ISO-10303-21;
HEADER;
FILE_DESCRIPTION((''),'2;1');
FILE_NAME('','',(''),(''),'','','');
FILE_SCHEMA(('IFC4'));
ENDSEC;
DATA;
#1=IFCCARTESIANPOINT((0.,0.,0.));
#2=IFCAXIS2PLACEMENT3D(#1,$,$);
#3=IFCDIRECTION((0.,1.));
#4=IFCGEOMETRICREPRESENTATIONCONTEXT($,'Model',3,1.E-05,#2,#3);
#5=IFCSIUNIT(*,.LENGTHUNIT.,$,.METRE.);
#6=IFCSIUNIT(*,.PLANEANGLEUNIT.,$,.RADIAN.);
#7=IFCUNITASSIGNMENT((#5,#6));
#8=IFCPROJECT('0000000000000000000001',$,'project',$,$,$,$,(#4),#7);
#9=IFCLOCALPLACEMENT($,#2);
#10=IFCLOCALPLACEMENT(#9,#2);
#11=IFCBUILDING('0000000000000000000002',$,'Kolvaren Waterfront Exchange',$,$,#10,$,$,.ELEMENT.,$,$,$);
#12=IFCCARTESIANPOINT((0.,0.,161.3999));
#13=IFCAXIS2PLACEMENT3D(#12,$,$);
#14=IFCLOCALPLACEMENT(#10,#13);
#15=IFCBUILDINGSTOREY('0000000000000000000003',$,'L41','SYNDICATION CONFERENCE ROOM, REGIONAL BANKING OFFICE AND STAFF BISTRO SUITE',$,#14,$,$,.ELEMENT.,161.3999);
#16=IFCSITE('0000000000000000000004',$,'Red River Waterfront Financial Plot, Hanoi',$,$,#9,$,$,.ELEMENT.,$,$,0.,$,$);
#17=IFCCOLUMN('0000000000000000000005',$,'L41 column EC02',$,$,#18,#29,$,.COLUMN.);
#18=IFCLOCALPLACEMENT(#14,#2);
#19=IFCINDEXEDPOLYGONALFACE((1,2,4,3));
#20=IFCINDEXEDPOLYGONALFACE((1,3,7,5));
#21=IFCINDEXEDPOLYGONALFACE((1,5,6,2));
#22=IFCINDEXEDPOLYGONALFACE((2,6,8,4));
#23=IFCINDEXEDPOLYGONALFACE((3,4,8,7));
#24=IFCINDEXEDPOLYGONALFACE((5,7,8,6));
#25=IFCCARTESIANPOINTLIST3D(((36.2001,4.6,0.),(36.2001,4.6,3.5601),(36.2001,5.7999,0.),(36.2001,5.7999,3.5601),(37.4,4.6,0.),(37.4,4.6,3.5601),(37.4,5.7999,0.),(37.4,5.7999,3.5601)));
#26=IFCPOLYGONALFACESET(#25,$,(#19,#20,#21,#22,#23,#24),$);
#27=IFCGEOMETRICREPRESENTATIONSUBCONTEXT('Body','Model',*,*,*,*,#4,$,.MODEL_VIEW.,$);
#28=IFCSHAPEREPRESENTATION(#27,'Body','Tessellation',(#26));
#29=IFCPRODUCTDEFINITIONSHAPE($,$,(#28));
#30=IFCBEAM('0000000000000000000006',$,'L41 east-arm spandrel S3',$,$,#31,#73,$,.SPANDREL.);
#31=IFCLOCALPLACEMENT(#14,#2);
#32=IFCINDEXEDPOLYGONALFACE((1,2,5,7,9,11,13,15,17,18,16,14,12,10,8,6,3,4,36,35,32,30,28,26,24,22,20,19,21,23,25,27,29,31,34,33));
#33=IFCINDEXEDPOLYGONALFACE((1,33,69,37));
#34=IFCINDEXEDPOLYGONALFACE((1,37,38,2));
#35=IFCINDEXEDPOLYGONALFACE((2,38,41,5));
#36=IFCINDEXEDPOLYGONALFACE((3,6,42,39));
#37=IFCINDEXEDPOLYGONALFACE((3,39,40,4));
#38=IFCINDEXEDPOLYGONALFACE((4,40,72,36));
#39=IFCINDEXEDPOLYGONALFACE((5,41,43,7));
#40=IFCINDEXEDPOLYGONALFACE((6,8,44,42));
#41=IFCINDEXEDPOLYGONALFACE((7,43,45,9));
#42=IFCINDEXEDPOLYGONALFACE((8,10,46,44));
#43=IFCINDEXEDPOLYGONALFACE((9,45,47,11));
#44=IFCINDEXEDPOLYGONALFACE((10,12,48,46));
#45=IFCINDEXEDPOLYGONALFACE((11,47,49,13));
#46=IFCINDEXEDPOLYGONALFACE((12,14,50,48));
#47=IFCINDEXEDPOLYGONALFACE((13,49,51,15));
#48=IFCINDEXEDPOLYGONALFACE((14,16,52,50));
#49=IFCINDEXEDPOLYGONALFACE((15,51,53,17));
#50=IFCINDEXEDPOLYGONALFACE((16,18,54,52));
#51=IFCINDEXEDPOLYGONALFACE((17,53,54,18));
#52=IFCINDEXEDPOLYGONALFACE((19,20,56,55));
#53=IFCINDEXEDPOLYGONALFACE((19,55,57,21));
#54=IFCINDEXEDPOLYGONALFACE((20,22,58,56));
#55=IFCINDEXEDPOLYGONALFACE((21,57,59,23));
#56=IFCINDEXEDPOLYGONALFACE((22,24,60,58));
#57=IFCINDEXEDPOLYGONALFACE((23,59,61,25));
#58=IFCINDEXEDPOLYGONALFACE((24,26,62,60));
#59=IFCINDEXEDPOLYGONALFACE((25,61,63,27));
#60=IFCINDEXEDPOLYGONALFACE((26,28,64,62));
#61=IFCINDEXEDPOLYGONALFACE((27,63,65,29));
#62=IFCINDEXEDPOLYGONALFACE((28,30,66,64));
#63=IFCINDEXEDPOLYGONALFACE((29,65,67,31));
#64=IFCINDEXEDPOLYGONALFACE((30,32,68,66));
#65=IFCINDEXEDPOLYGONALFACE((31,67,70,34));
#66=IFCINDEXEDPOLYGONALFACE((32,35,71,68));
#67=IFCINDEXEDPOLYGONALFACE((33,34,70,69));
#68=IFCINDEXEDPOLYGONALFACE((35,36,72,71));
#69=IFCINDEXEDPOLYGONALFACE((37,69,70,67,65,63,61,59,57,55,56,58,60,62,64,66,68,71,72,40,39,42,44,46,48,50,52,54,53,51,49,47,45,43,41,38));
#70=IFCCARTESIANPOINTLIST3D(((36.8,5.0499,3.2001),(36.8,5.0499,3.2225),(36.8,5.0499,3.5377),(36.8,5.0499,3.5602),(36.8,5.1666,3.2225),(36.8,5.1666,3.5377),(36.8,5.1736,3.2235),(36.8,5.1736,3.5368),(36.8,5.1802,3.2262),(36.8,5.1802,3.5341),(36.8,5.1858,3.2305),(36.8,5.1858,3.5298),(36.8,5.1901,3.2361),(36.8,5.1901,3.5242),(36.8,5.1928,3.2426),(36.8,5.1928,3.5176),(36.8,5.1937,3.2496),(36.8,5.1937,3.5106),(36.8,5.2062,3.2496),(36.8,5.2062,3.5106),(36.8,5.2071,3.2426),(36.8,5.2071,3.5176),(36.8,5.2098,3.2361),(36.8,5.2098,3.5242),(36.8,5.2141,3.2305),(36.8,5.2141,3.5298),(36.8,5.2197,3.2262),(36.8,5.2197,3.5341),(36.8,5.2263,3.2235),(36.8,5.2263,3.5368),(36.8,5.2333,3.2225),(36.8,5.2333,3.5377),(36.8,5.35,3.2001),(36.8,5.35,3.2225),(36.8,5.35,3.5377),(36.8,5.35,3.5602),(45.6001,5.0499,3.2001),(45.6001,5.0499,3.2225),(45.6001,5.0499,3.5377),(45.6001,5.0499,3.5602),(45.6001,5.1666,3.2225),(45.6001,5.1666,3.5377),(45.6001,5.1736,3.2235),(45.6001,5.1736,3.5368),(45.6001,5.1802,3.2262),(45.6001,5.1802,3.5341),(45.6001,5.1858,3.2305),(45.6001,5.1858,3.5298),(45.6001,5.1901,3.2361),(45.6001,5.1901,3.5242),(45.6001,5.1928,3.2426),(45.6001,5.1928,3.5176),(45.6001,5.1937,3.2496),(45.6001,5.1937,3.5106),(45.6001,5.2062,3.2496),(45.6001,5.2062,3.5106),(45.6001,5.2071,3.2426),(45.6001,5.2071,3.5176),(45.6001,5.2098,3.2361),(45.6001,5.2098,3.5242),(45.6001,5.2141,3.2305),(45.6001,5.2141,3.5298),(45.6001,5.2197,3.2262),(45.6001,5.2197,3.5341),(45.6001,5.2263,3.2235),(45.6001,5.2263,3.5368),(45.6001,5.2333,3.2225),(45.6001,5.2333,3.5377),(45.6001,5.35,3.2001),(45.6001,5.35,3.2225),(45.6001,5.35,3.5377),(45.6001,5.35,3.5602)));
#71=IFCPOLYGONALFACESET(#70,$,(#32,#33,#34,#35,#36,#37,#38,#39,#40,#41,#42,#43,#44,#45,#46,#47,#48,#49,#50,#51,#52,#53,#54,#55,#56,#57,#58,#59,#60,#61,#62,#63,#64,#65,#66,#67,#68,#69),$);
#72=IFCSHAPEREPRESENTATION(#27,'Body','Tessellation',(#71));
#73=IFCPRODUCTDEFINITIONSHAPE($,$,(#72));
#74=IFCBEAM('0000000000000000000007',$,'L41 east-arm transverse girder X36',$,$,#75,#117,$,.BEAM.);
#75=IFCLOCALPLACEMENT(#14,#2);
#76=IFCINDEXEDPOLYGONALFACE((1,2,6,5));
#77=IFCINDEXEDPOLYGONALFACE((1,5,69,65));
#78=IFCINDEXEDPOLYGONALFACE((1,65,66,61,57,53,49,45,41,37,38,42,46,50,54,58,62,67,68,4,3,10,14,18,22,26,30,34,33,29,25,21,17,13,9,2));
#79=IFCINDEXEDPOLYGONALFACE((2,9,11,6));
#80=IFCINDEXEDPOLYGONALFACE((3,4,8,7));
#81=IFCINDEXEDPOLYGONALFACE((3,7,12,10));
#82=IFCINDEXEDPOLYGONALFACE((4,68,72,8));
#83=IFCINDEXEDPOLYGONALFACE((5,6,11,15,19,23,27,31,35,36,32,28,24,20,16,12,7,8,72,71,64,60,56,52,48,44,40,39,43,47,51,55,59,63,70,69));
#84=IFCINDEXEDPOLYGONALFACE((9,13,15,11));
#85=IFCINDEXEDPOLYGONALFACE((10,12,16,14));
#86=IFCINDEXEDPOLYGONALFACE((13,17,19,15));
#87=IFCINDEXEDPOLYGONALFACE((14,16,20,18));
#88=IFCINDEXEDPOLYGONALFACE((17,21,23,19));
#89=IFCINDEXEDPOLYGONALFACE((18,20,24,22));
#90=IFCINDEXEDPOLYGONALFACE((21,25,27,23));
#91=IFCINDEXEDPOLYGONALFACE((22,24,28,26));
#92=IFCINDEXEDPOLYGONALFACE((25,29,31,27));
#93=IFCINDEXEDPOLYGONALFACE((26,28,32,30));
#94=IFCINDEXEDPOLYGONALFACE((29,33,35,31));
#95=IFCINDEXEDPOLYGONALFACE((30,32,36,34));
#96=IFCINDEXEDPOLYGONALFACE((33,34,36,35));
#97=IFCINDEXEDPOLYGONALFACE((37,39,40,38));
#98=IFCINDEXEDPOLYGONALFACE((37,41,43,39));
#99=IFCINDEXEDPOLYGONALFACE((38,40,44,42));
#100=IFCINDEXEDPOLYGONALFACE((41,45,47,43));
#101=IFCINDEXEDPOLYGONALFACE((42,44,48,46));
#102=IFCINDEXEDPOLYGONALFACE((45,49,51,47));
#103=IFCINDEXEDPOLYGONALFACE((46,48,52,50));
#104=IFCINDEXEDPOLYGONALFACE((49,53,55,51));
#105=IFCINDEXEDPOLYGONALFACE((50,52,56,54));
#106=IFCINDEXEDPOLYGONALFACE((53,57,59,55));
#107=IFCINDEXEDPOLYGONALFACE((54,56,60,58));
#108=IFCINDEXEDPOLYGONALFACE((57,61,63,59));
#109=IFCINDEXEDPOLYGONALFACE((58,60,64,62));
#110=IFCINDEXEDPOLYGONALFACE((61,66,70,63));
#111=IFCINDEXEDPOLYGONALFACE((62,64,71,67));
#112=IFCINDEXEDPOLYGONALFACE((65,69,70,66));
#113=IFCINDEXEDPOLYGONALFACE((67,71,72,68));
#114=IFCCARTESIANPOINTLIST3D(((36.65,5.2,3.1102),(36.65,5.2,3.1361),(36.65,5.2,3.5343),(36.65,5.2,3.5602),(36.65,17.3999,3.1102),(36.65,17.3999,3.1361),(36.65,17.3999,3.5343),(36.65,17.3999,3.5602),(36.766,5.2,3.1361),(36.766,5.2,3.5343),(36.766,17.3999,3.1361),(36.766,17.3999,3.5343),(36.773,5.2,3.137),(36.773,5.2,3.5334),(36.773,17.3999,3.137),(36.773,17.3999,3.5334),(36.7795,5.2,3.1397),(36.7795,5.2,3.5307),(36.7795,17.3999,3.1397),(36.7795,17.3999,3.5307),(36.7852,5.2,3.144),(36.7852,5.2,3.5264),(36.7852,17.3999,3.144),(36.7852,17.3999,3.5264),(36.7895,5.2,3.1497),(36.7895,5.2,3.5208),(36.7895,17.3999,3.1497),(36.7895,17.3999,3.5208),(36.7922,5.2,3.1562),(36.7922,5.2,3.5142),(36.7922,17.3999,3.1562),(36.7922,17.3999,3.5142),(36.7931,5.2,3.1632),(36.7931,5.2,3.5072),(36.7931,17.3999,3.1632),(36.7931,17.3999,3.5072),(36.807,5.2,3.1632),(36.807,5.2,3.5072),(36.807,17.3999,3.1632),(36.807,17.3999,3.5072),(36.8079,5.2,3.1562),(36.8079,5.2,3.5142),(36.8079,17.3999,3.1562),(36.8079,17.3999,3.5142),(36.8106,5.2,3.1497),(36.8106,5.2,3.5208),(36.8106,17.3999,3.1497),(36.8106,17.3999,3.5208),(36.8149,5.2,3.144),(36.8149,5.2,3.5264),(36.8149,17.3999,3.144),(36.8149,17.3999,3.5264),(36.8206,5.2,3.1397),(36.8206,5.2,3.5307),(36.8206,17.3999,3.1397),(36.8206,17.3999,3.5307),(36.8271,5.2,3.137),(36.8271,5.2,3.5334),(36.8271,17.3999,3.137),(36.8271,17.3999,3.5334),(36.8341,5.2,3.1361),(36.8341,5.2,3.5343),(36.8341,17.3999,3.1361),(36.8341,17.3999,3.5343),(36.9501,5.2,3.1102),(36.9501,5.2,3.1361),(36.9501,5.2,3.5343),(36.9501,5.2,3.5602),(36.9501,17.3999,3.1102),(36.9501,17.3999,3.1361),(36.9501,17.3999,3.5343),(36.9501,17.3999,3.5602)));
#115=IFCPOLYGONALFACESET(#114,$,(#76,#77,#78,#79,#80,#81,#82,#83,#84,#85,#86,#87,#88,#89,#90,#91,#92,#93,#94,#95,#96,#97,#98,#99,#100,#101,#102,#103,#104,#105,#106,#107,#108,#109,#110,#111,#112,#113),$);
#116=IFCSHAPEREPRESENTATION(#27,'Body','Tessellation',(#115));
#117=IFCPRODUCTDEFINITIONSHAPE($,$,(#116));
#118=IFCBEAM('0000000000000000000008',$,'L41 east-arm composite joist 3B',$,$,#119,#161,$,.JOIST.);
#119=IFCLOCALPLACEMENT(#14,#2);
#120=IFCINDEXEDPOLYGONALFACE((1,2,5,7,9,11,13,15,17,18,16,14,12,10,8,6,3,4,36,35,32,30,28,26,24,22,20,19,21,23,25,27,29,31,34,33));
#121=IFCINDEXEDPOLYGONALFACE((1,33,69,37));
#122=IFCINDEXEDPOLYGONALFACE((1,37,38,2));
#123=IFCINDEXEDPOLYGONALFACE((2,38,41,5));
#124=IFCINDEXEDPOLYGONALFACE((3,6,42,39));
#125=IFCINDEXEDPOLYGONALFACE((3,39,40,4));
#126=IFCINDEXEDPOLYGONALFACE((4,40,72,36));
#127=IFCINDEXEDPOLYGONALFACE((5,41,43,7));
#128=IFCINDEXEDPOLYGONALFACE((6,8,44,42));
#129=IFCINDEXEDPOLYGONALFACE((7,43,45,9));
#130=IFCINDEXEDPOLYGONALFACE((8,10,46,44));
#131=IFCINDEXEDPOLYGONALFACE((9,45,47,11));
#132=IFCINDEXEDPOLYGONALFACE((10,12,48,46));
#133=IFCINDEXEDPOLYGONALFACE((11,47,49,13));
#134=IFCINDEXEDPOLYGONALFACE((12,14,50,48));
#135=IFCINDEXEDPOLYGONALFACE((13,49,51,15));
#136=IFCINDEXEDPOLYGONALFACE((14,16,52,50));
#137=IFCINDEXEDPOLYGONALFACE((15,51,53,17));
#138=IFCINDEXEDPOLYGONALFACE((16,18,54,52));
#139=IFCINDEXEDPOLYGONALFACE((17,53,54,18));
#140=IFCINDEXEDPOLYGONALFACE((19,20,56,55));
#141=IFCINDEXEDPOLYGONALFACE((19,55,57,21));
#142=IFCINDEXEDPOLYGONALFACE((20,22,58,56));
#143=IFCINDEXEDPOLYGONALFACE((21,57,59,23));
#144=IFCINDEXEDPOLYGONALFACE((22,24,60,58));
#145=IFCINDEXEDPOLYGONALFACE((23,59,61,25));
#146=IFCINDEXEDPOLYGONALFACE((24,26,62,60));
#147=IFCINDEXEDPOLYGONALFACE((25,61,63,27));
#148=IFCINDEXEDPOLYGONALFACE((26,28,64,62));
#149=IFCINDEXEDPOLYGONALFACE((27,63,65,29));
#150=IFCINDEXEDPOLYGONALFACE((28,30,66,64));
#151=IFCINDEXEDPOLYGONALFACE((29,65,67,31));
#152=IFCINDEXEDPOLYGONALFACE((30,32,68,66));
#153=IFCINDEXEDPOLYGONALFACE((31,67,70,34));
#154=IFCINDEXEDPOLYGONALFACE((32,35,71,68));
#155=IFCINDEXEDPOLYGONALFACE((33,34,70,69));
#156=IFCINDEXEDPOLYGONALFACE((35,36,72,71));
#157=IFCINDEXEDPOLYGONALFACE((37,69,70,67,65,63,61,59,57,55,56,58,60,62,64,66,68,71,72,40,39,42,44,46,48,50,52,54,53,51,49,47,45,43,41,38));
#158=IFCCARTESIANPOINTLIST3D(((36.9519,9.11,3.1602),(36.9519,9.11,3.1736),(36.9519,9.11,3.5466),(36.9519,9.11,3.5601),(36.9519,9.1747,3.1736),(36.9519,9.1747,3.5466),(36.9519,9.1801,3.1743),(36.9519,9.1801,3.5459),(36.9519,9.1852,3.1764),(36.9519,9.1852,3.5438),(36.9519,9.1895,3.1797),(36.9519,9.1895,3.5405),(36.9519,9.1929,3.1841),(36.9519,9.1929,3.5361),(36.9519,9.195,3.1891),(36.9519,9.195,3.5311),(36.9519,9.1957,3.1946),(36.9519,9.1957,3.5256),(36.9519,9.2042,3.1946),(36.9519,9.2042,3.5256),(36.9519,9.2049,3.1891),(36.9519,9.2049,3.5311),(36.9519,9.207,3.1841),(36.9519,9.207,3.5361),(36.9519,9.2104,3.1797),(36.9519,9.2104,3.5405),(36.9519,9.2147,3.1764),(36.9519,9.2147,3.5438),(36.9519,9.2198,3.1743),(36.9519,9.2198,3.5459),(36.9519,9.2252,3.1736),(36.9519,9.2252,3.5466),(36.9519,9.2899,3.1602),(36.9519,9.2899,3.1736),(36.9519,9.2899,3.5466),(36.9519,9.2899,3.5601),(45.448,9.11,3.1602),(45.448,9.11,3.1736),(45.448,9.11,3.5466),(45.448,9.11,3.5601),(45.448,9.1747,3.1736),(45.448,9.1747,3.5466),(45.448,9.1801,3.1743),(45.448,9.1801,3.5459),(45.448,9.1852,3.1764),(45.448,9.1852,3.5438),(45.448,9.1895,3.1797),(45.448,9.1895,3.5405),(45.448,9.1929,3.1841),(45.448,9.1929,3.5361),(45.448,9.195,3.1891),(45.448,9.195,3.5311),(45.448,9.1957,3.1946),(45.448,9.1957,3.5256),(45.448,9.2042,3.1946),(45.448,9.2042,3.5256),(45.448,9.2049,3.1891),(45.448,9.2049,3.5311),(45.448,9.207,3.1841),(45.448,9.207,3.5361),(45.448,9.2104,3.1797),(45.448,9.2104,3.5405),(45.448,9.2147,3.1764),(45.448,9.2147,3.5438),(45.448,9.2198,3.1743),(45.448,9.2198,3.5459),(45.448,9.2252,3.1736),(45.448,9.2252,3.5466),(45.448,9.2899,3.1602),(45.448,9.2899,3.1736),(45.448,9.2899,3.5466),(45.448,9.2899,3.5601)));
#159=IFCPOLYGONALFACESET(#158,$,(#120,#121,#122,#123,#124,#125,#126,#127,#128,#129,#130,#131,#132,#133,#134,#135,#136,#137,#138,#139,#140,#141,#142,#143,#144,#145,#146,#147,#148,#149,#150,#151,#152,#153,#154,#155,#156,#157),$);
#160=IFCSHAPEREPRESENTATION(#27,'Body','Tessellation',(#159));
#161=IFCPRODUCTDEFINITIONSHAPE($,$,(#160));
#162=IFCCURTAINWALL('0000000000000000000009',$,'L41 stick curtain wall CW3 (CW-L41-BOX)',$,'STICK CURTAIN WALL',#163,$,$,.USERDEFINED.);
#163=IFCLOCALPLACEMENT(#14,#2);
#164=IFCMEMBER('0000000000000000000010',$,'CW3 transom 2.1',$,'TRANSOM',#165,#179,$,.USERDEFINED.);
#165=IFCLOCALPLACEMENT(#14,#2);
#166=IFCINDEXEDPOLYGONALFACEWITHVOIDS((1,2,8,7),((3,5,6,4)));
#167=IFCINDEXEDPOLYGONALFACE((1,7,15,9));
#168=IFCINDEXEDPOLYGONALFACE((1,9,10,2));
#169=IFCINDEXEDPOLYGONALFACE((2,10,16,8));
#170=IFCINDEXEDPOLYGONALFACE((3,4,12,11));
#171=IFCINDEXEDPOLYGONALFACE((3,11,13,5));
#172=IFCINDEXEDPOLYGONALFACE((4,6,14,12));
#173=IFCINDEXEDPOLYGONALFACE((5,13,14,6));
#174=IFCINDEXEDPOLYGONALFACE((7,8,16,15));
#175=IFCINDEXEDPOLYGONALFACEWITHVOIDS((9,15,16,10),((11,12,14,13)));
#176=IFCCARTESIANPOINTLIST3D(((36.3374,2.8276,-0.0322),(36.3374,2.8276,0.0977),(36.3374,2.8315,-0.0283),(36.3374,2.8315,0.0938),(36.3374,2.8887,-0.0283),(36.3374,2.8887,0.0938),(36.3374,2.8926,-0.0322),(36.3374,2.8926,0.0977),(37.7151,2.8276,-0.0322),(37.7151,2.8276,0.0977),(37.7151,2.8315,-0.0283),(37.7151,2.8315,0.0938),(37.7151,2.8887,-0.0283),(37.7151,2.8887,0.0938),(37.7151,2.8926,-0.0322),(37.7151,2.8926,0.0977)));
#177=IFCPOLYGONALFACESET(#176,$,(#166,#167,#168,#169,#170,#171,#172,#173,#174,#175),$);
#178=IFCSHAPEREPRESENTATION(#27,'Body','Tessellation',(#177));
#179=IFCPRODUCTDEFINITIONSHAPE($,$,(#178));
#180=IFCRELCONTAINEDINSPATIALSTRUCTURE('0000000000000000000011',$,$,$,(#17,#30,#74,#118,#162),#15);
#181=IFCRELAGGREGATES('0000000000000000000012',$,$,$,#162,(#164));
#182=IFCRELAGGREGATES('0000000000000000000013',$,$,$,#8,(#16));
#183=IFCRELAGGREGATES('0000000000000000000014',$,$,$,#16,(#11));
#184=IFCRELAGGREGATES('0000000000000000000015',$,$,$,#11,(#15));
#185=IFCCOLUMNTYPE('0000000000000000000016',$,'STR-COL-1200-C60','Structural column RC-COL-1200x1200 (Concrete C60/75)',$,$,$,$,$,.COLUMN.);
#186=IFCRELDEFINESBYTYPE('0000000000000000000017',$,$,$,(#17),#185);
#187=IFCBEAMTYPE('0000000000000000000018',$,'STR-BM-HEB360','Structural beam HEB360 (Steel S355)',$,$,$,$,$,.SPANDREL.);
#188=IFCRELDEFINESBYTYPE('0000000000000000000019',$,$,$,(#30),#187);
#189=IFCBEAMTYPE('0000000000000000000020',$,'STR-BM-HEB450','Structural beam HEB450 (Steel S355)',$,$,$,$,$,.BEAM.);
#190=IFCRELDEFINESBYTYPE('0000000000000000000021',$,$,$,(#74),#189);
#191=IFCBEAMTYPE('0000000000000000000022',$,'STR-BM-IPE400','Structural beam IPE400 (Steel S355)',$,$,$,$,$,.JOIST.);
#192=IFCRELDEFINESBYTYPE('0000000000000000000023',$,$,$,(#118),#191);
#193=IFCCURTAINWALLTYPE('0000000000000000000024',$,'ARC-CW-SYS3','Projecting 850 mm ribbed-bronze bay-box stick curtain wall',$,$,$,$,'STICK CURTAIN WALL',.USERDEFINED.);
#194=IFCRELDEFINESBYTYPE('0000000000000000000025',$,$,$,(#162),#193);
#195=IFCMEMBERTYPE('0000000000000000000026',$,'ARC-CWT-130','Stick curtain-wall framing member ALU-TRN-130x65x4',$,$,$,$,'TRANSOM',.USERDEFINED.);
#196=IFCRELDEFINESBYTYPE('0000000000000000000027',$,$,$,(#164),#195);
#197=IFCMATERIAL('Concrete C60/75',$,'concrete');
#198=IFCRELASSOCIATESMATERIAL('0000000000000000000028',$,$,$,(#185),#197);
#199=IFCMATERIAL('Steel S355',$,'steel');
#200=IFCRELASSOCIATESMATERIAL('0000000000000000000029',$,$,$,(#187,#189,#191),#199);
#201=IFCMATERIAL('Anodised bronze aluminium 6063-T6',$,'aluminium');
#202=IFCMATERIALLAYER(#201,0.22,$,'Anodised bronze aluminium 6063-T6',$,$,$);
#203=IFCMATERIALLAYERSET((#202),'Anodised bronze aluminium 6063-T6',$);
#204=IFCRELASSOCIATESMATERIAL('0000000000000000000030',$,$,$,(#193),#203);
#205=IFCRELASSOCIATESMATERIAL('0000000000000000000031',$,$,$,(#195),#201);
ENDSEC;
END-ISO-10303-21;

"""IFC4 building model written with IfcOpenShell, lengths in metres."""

from ifc_helpers import new_model, si_unit, direction, frame, origin, origin_with_axes, origin_2d, place, context, subcontext, project, spatial, rectangle, hollow_rectangle, i_section, extrude, source, transform, mapped, material, layer, layer_set, material_profile, profile_set, type_object, element, aggregate, save


model = new_model("IFC4")

# Units and contexts
model_context = context("Model", 3, precision=1e-05, world=origin(), true_north=direction((0.0, 1.0)))
body_context = subcontext(model_context, "Body", "Model", "MODEL_VIEW")
ifc_project = project(units=[si_unit("LENGTHUNIT", "METRE"), si_unit("PLANEANGLEUNIT", "RADIAN")], contexts=[model_context])

# Site, building, storey
site_placement = place(None, origin())
site = spatial("IfcSite", under=ifc_project, at=site_placement, Name="Red River Waterfront Financial Plot, Hanoi", CompositionType="ELEMENT", RefElevation=0.0)
building_placement = place(site_placement, origin())
building = spatial("IfcBuilding", under=site, at=building_placement, Name="Kolvaren Waterfront Exchange", CompositionType="ELEMENT")
storey_placement = place(building_placement, frame((0.0, 0.0, 161.3999)))
storey = spatial("IfcBuildingStorey", under=building, at=storey_placement, Name="L41", Description="SYNDICATION CONFERENCE ROOM, REGIONAL BANKING OFFICE AND STAFF BISTRO SUITE", CompositionType="ELEMENT", Elevation=161.3999)

# Column
ifc_material_1 = material(Name="Concrete C60/75", Category="concrete")
ifc_material_profile_1 = material_profile(ifc_material_1, rectangle(XDim=1.2, YDim=1.2, at=origin_2d()), Name="RC-COL-1200x1200")
ifc_profile_set_1 = profile_set([ifc_material_profile_1], Name="Concrete C60/75")
column_type = type_object("IfcColumnType", Name="STR-COL-1200-C60", Description="Structural column RC-COL-1200x1200 (Concrete C60/75)", PredefinedType="COLUMN", material=ifc_profile_set_1)
column_placement = place(storey_placement, frame((36.8, 5.2, 0.0), z_axis=(0.0, 0.0, 1.0), x_axis=(1.0, 0.0, 0.0)))
element("IfcColumn", 1, at=column_placement, inside=storey, type_object=column_type, Name="L41 column EC02", PredefinedType="COLUMN", context=body_context, shape_type="SweptSolid", body=[
    extrude(rectangle(XDim=1.2, YDim=1.2, at=origin_2d()), origin(), (0.0, 0.0, 1.0), 3.5601),
])

# Beams
ifc_material_2 = material(Name="Steel S355", Category="steel")
ifc_material_profile_2 = material_profile(ifc_material_2, i_section(OverallWidth=0.3, OverallDepth=0.3601, WebThickness=0.0125, FlangeThickness=0.0225, FilletRadius=0.0271, at=origin_2d()), Name="HEB360")
ifc_profile_set_2 = profile_set([ifc_material_profile_2], Name="Steel S355")
beam_type_1 = type_object("IfcBeamType", Name="STR-BM-HEB360", Description="Structural beam HEB360 (Steel S355)", PredefinedType="SPANDREL", material=ifc_profile_set_2)
beam_1_placement = place(storey_placement, frame((36.8, 5.2, 3.3801), z_axis=(1.0, 0.0, 0.0), x_axis=(0.0, 1.0, 0.0)))
element("IfcBeam", 2, at=beam_1_placement, inside=storey, type_object=beam_type_1, Name="L41 east-arm spandrel S3", PredefinedType="SPANDREL", context=body_context, shape_type="SweptSolid", body=[
    extrude(i_section(OverallWidth=0.3, OverallDepth=0.3601, WebThickness=0.0125, FlangeThickness=0.0225, FilletRadius=0.0271, at=origin_2d()), origin(), (0.0, 0.0, 1.0), 8.8),
])
ifc_material_profile_3 = material_profile(ifc_material_2, i_section(OverallWidth=0.3, OverallDepth=0.45, WebThickness=0.0139, FlangeThickness=0.0259, FilletRadius=0.0271, at=origin_2d()), Name="HEB450")
ifc_profile_set_3 = profile_set([ifc_material_profile_3], Name="Steel S355")
beam_type_2 = type_object("IfcBeamType", Name="STR-BM-HEB450", Description="Structural beam HEB450 (Steel S355)", PredefinedType="BEAM", material=ifc_profile_set_3)
beam_2_placement = place(storey_placement, frame((36.8, 5.2, 3.3352), z_axis=(0.0, 1.0, 0.0), x_axis=(-1.0, 0.0, 0.0)))
element("IfcBeam", 3, at=beam_2_placement, inside=storey, type_object=beam_type_2, Name="L41 east-arm transverse girder X36", PredefinedType="BEAM", context=body_context, shape_type="SweptSolid", body=[
    extrude(i_section(OverallWidth=0.3, OverallDepth=0.45, WebThickness=0.0139, FlangeThickness=0.0259, FilletRadius=0.0271, at=origin_2d()), origin(), (0.0, 0.0, 1.0), 12.2),
])
ifc_material_profile_4 = material_profile(ifc_material_2, i_section(OverallWidth=0.1799, OverallDepth=0.3999, WebThickness=0.0085, FlangeThickness=0.0134, FilletRadius=0.021, at=origin_2d()), Name="IPE400")
ifc_profile_set_4 = profile_set([ifc_material_profile_4], Name="Steel S355")
beam_type_3 = type_object("IfcBeamType", Name="STR-BM-IPE400", Description="Structural beam IPE400 (Steel S355)", PredefinedType="JOIST", material=ifc_profile_set_4)
beam_3_placement = place(storey_placement, frame((36.9519, 9.2, 3.3601), z_axis=(1.0, 0.0, 0.0), x_axis=(0.0, 1.0, 0.0)))
element("IfcBeam", 4, at=beam_3_placement, inside=storey, type_object=beam_type_3, Name="L41 east-arm composite joist 3B", PredefinedType="JOIST", context=body_context, shape_type="SweptSolid", body=[
    extrude(i_section(OverallWidth=0.1799, OverallDepth=0.3999, WebThickness=0.0085, FlangeThickness=0.0134, FilletRadius=0.021, at=origin_2d()), origin(), (0.0, 0.0, 1.0), 8.4961),
])

# Curtain wall, member
ifc_material_3 = material(Name="Anodised bronze aluminium 6063-T6", Category="aluminium")
ifc_layer_1 = layer(ifc_material_3, 0.22, Name="Anodised bronze aluminium 6063-T6")
ifc_layer_set_1 = layer_set([ifc_layer_1], Name="Anodised bronze aluminium 6063-T6")
curtain_wall_type_1 = type_object("IfcCurtainWallType", Name="ARC-CW-SYS3", Description="Projecting 850 mm ribbed-bronze bay-box stick curtain wall", ElementType="STICK CURTAIN WALL", PredefinedType="USERDEFINED", material=ifc_layer_set_1)
curtain_wall_1_placement = place(storey_placement, origin())
curtain_wall_1 = element("IfcCurtainWall", 5, at=curtain_wall_1_placement, inside=storey, type_object=curtain_wall_type_1, Name="L41 stick curtain wall CW3 (CW-L41-BOX)", ObjectType="STICK CURTAIN WALL", PredefinedType="USERDEFINED")
ifc_material_profile_5 = material_profile(ifc_material_3, hollow_rectangle(XDim=0.0649, YDim=0.1299, WallThickness=0.0039, at=origin_2d()), Name="ALU-TRN-130x65x4")
ifc_profile_set_5 = profile_set([ifc_material_profile_5], Name="Anodised bronze aluminium 6063-T6")
member_type_1 = type_object("IfcMemberType", Name="ARC-CWT-130", Description="Stick curtain-wall framing member ALU-TRN-130x65x4", ElementType="TRANSOM", PredefinedType="USERDEFINED", material=ifc_profile_set_5)
shared_shape_1 = source(origin_with_axes(), body_context, "Body", "SweptSolid", [
    extrude(hollow_rectangle(XDim=0.0649, YDim=0.1299, WallThickness=0.0039, at=origin_2d()), origin(), (0.0, 0.0, 1.0), 1.3777),
])
member_1_placement = place(storey_placement, frame((36.3374, 2.8601, 0.0327), z_axis=(1.0, 0.0, 0.0), x_axis=(0.0, 1.0, 0.0)))
member_1 = element("IfcMember", 6, at=member_1_placement, type_object=member_type_1, Name="CW3 transom 2.1", ObjectType="TRANSOM", PredefinedType="USERDEFINED", context=body_context, shape_type="MappedRepresentation", body=[
    mapped(shared_shape_1, transform((0.0, 0.0, 0.0), x_axis=(1.0, 0.0, 0.0), y_axis=(0.0, 1.0, 0.0), z_axis=(0.0, 0.0, 1.0), scale=1.0)),
])

aggregate(curtain_wall_1, [member_1])

save(model, "model.ifc")
